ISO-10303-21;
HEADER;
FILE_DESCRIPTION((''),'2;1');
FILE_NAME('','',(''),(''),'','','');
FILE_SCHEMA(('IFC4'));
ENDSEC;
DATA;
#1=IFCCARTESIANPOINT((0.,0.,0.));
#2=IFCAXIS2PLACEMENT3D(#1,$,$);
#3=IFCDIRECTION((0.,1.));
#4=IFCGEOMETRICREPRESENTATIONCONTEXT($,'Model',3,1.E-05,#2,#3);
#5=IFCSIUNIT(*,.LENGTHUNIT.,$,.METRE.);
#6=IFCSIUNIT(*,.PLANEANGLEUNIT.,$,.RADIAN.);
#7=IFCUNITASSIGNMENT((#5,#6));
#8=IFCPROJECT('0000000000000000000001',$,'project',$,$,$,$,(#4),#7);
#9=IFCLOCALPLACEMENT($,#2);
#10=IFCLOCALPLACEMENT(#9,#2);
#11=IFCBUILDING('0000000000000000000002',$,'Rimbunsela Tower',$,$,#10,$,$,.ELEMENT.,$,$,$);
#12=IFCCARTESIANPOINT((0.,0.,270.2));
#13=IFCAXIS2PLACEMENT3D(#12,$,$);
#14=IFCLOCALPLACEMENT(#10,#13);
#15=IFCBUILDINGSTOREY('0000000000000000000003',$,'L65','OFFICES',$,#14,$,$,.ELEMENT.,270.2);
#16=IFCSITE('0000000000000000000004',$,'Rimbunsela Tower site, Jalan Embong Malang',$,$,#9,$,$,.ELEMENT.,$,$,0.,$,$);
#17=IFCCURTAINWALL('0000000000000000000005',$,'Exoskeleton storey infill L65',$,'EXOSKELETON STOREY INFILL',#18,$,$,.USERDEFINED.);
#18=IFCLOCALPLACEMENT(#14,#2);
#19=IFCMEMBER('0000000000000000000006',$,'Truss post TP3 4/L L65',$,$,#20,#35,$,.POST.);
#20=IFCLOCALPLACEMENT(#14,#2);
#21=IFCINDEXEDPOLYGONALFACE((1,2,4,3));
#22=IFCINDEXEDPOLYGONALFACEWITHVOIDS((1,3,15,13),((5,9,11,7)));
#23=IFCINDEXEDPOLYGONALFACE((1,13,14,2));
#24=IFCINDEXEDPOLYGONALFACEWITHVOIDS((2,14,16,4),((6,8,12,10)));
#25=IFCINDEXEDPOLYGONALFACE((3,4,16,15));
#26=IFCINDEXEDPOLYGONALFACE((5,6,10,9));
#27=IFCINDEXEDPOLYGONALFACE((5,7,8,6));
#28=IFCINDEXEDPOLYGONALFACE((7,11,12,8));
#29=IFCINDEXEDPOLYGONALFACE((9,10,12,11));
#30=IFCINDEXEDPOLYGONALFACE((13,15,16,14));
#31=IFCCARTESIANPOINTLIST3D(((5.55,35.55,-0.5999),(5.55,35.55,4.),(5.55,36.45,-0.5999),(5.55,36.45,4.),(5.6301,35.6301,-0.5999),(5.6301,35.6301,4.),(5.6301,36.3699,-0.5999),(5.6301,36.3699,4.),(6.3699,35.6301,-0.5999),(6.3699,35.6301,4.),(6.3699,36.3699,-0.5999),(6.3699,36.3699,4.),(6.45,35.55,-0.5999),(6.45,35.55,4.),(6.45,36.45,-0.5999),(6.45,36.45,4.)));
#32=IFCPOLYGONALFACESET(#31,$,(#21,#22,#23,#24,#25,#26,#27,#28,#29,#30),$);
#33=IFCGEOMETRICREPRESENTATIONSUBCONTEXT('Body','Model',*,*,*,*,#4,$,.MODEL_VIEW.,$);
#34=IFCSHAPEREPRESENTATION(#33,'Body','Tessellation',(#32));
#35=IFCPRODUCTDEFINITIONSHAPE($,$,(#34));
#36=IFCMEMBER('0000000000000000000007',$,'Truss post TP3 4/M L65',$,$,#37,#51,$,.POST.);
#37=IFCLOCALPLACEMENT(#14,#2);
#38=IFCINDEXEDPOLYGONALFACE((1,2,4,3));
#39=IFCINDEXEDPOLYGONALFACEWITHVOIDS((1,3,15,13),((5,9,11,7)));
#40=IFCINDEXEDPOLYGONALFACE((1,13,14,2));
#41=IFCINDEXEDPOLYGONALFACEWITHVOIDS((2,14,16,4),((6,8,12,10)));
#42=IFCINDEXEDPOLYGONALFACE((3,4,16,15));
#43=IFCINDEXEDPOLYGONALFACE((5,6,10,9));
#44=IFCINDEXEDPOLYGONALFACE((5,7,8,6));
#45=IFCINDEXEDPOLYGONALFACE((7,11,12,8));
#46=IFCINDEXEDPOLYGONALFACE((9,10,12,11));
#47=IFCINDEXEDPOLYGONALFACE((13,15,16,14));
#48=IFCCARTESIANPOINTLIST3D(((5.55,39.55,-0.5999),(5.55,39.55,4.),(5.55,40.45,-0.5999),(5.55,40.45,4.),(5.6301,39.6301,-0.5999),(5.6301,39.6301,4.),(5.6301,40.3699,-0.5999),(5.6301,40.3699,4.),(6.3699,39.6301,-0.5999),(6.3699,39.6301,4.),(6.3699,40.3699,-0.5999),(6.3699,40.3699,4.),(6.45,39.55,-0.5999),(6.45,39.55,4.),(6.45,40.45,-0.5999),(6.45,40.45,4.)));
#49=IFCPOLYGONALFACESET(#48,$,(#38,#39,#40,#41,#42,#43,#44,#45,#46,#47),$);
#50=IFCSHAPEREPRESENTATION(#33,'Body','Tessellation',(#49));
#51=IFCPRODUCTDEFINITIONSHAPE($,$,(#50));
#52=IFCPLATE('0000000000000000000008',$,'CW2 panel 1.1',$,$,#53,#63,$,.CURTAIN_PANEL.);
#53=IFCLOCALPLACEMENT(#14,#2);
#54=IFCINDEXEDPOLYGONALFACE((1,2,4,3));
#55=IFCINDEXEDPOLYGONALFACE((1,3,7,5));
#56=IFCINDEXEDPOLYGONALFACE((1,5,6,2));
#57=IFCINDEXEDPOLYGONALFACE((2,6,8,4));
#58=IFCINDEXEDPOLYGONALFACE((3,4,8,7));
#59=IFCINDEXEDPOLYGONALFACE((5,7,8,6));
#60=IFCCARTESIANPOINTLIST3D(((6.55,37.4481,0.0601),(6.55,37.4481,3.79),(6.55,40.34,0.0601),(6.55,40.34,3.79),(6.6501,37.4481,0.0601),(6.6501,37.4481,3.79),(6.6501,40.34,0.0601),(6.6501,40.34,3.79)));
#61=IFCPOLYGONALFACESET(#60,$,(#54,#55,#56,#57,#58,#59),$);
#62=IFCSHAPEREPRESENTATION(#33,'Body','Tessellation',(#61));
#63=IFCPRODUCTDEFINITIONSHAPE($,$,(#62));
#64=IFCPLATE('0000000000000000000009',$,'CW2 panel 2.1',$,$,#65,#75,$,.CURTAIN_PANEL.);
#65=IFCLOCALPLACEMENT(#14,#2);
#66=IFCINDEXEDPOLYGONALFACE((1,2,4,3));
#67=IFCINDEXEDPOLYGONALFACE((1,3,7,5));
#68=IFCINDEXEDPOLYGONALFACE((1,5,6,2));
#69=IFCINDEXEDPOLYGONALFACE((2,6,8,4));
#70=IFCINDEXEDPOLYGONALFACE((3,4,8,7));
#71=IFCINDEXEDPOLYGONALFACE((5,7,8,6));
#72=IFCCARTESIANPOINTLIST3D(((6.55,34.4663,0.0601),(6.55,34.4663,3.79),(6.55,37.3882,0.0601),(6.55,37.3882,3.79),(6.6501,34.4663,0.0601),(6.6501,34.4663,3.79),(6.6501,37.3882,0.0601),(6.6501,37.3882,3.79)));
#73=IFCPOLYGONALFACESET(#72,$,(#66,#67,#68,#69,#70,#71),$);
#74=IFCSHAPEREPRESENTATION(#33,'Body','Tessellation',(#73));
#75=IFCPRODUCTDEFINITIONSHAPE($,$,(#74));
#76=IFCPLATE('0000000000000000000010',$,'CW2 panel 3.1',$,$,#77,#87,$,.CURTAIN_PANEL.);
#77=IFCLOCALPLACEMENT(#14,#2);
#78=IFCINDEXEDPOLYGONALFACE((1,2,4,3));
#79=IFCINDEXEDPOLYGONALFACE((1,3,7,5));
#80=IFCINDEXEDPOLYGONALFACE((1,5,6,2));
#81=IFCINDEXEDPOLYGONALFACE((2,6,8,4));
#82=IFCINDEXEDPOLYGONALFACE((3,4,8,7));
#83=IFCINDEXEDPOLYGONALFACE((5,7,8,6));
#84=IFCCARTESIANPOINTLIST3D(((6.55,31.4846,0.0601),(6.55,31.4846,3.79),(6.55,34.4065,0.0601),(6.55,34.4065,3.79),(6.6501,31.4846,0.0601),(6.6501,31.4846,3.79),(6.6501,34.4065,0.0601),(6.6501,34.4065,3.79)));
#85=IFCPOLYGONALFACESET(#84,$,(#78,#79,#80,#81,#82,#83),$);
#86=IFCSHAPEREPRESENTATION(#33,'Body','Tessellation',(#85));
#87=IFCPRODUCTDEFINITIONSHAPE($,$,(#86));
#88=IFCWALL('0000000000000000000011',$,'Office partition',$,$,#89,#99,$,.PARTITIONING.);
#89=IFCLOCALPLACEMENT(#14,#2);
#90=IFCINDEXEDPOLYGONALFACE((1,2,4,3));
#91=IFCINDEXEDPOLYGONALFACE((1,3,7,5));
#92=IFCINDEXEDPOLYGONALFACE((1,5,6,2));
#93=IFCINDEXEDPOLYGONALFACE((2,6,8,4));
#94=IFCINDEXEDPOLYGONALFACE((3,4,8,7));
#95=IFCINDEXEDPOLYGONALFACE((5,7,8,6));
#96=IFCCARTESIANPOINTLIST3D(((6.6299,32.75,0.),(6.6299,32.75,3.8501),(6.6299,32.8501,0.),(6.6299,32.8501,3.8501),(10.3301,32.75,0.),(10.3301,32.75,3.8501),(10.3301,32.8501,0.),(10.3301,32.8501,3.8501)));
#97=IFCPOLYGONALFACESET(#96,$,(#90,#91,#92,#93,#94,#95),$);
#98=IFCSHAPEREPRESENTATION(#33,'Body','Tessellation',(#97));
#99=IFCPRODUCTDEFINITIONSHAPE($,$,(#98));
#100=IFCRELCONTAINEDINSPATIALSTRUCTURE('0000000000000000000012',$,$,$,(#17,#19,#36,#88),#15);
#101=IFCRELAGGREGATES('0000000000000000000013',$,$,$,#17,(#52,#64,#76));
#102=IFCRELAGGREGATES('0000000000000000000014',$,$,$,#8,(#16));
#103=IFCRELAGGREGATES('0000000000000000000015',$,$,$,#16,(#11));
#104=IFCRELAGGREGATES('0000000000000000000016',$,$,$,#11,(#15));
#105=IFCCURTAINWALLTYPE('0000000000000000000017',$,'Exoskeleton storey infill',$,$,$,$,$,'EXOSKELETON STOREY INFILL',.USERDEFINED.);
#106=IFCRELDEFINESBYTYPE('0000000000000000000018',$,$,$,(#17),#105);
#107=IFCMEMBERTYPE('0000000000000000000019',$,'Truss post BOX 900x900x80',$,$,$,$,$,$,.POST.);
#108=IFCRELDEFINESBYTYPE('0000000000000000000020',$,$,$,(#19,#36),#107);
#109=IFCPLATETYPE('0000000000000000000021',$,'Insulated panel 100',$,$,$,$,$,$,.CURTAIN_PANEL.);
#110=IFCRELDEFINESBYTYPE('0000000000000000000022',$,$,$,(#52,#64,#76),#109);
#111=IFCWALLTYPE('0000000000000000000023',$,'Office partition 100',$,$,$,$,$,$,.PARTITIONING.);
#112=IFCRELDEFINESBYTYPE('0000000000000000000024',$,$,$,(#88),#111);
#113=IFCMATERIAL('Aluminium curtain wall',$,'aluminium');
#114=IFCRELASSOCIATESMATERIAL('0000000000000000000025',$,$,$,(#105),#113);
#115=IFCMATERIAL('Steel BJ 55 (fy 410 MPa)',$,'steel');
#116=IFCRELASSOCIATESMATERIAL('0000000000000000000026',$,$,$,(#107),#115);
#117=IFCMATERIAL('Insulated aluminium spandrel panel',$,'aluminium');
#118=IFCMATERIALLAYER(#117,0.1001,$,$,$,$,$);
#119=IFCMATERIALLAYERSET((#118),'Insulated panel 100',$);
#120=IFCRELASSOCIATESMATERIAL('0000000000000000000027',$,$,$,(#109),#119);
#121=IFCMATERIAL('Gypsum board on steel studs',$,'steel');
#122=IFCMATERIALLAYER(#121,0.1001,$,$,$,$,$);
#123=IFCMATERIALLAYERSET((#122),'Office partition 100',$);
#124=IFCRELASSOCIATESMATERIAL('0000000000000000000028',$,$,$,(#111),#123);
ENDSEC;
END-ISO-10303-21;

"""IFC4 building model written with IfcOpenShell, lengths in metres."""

from ifc_helpers import new_model, si_unit, direction, frame, frame_2d, origin, origin_2d, place, context, subcontext, project, spatial, rectangle, hollow_rectangle, extrude, material, layer, layer_set, material_profile, profile_set, type_object, element, aggregate, save


model = new_model("IFC4")

# Units and contexts
model_context = context("Model", 3, precision=1e-05, world=origin(), true_north=direction((0.0, 1.0)))
body_context = subcontext(model_context, "Body", "Model", "MODEL_VIEW")
ifc_project = project(units=[si_unit("LENGTHUNIT", "METRE"), si_unit("PLANEANGLEUNIT", "RADIAN")], contexts=[model_context])

# Site, building, storey
site_placement = place(None, origin())
site = spatial("IfcSite", under=ifc_project, at=site_placement, Name="Rimbunsela Tower site, Jalan Embong Malang", CompositionType="ELEMENT", RefElevation=0.0)
building_placement = place(site_placement, origin())
building = spatial("IfcBuilding", under=site, at=building_placement, Name="Rimbunsela Tower", CompositionType="ELEMENT")
storey_placement = place(building_placement, frame((0.0, 0.0, 270.2)))
storey = spatial("IfcBuildingStorey", under=building, at=storey_placement, Name="L65", Description="OFFICES", CompositionType="ELEMENT", Elevation=270.2)

# Curtain wall
ifc_material_1 = material(Name="Aluminium curtain wall", Category="aluminium")
curtain_wall_type = type_object("IfcCurtainWallType", Name="Exoskeleton storey infill", ElementType="EXOSKELETON STOREY INFILL", PredefinedType="USERDEFINED", material=ifc_material_1)
curtain_wall_placement = place(storey_placement, origin())
curtain_wall = element("IfcCurtainWall", 1, at=curtain_wall_placement, inside=storey, type_object=curtain_wall_type, Name="Exoskeleton storey infill L65", ObjectType="EXOSKELETON STOREY INFILL", PredefinedType="USERDEFINED")

# Members
ifc_material_2 = material(Name="Steel BJ 55 (fy 410 MPa)", Category="steel")
ifc_material_profile_1 = material_profile(ifc_material_2, hollow_rectangle(XDim=0.8999, YDim=0.8999, WallThickness=0.0801, at=origin_2d()), Name="BOX 900x900x80")
ifc_profile_set_1 = profile_set([ifc_material_profile_1], Name="Steel BJ 55 (fy 410 MPa)")
member_type_1 = type_object("IfcMemberType", Name="Truss post BOX 900x900x80", PredefinedType="POST", material=ifc_profile_set_1)
for number, where, z_axis, x_axis, name in (
    (2, (6.0, 36.0, -0.5999), (0.0, 0.0, 1.0), (1.0, 0.0, 0.0), "Truss post TP3 4/L L65"),
    (3, (6.0, 40.0, -0.5999), (0.0, 0.0, 1.0), (1.0, 0.0, 0.0), "Truss post TP3 4/M L65"),
):
    element("IfcMember", number, at=place(storey_placement, frame(where, z_axis=z_axis, x_axis=x_axis)), inside=storey, type_object=member_type_1, Name=name, PredefinedType="POST", context=body_context, shape_type="SweptSolid", body=[
        extrude(hollow_rectangle(XDim=0.8999, YDim=0.8999, WallThickness=0.0801, at=origin_2d()), origin(), (0.0, 0.0, 1.0), 4.5999),
    ])

# Plates
ifc_material_3 = material(Name="Insulated aluminium spandrel panel", Category="aluminium")
ifc_layer_1 = layer(ifc_material_3, 0.1001)
ifc_layer_set_1 = layer_set([ifc_layer_1], Name="Insulated panel 100")
plate_type = type_object("IfcPlateType", Name="Insulated panel 100", PredefinedType="CURTAIN_PANEL", material=ifc_layer_set_1)
plate_1_placement = place(storey_placement, frame((6.6001, 38.894, 0.0601), z_axis=(0.0, 0.0, 1.0), x_axis=(0.0, -1.0, 0.0)))
plate_1 = element("IfcPlate", 4, at=plate_1_placement, type_object=plate_type, Name="CW2 panel 1.1", PredefinedType="CURTAIN_PANEL", context=body_context, shape_type="SweptSolid", body=[
    extrude(rectangle(XDim=2.8918, YDim=0.1001, at=origin_2d()), origin(), (0.0, 0.0, 1.0), 3.73),
])
plate_2_placement = place(storey_placement, frame((6.6001, 35.9272, 0.0601), z_axis=(0.0, 0.0, 1.0), x_axis=(0.0, -1.0, 0.0)))
plate_2 = element("IfcPlate", 5, at=plate_2_placement, type_object=plate_type, Name="CW2 panel 2.1", PredefinedType="CURTAIN_PANEL", context=body_context, shape_type="SweptSolid", body=[
    extrude(rectangle(XDim=2.9219, YDim=0.1001, at=origin_2d()), origin(), (0.0, 0.0, 1.0), 3.73),
])
plate_3_placement = place(storey_placement, frame((6.6001, 32.9456, 0.0601), z_axis=(0.0, 0.0, 1.0), x_axis=(0.0, -1.0, 0.0)))
plate_3 = element("IfcPlate", 6, at=plate_3_placement, type_object=plate_type, Name="CW2 panel 3.1", PredefinedType="CURTAIN_PANEL", context=body_context, shape_type="SweptSolid", body=[
    extrude(rectangle(XDim=2.9219, YDim=0.1001, at=origin_2d()), origin(), (0.0, 0.0, 1.0), 3.73),
])
aggregate(curtain_wall, [plate_1, plate_2, plate_3])

# Wall
ifc_material_4 = material(Name="Gypsum board on steel studs", Category="steel")
ifc_layer_2 = layer(ifc_material_4, 0.1001)
ifc_layer_set_2 = layer_set([ifc_layer_2], Name="Office partition 100")
wall_type = type_object("IfcWallType", Name="Office partition 100", PredefinedType="PARTITIONING", material=ifc_layer_set_2)
wall_placement = place(storey_placement, frame((6.6299, 32.8, 0.0), z_axis=(0.0, 0.0, 1.0), x_axis=(1.0, 0.0, 0.0)))
element("IfcWall", 7, at=wall_placement, inside=storey, type_object=wall_type, Name="Office partition", PredefinedType="PARTITIONING", context=body_context, shape_type="SweptSolid", body=[
    extrude(rectangle(XDim=3.7002, YDim=0.1001, at=frame_2d((1.8501, 0.0))), origin(), (0.0, 0.0, 1.0), 3.8501),
])

save(model, "model.ifc")
